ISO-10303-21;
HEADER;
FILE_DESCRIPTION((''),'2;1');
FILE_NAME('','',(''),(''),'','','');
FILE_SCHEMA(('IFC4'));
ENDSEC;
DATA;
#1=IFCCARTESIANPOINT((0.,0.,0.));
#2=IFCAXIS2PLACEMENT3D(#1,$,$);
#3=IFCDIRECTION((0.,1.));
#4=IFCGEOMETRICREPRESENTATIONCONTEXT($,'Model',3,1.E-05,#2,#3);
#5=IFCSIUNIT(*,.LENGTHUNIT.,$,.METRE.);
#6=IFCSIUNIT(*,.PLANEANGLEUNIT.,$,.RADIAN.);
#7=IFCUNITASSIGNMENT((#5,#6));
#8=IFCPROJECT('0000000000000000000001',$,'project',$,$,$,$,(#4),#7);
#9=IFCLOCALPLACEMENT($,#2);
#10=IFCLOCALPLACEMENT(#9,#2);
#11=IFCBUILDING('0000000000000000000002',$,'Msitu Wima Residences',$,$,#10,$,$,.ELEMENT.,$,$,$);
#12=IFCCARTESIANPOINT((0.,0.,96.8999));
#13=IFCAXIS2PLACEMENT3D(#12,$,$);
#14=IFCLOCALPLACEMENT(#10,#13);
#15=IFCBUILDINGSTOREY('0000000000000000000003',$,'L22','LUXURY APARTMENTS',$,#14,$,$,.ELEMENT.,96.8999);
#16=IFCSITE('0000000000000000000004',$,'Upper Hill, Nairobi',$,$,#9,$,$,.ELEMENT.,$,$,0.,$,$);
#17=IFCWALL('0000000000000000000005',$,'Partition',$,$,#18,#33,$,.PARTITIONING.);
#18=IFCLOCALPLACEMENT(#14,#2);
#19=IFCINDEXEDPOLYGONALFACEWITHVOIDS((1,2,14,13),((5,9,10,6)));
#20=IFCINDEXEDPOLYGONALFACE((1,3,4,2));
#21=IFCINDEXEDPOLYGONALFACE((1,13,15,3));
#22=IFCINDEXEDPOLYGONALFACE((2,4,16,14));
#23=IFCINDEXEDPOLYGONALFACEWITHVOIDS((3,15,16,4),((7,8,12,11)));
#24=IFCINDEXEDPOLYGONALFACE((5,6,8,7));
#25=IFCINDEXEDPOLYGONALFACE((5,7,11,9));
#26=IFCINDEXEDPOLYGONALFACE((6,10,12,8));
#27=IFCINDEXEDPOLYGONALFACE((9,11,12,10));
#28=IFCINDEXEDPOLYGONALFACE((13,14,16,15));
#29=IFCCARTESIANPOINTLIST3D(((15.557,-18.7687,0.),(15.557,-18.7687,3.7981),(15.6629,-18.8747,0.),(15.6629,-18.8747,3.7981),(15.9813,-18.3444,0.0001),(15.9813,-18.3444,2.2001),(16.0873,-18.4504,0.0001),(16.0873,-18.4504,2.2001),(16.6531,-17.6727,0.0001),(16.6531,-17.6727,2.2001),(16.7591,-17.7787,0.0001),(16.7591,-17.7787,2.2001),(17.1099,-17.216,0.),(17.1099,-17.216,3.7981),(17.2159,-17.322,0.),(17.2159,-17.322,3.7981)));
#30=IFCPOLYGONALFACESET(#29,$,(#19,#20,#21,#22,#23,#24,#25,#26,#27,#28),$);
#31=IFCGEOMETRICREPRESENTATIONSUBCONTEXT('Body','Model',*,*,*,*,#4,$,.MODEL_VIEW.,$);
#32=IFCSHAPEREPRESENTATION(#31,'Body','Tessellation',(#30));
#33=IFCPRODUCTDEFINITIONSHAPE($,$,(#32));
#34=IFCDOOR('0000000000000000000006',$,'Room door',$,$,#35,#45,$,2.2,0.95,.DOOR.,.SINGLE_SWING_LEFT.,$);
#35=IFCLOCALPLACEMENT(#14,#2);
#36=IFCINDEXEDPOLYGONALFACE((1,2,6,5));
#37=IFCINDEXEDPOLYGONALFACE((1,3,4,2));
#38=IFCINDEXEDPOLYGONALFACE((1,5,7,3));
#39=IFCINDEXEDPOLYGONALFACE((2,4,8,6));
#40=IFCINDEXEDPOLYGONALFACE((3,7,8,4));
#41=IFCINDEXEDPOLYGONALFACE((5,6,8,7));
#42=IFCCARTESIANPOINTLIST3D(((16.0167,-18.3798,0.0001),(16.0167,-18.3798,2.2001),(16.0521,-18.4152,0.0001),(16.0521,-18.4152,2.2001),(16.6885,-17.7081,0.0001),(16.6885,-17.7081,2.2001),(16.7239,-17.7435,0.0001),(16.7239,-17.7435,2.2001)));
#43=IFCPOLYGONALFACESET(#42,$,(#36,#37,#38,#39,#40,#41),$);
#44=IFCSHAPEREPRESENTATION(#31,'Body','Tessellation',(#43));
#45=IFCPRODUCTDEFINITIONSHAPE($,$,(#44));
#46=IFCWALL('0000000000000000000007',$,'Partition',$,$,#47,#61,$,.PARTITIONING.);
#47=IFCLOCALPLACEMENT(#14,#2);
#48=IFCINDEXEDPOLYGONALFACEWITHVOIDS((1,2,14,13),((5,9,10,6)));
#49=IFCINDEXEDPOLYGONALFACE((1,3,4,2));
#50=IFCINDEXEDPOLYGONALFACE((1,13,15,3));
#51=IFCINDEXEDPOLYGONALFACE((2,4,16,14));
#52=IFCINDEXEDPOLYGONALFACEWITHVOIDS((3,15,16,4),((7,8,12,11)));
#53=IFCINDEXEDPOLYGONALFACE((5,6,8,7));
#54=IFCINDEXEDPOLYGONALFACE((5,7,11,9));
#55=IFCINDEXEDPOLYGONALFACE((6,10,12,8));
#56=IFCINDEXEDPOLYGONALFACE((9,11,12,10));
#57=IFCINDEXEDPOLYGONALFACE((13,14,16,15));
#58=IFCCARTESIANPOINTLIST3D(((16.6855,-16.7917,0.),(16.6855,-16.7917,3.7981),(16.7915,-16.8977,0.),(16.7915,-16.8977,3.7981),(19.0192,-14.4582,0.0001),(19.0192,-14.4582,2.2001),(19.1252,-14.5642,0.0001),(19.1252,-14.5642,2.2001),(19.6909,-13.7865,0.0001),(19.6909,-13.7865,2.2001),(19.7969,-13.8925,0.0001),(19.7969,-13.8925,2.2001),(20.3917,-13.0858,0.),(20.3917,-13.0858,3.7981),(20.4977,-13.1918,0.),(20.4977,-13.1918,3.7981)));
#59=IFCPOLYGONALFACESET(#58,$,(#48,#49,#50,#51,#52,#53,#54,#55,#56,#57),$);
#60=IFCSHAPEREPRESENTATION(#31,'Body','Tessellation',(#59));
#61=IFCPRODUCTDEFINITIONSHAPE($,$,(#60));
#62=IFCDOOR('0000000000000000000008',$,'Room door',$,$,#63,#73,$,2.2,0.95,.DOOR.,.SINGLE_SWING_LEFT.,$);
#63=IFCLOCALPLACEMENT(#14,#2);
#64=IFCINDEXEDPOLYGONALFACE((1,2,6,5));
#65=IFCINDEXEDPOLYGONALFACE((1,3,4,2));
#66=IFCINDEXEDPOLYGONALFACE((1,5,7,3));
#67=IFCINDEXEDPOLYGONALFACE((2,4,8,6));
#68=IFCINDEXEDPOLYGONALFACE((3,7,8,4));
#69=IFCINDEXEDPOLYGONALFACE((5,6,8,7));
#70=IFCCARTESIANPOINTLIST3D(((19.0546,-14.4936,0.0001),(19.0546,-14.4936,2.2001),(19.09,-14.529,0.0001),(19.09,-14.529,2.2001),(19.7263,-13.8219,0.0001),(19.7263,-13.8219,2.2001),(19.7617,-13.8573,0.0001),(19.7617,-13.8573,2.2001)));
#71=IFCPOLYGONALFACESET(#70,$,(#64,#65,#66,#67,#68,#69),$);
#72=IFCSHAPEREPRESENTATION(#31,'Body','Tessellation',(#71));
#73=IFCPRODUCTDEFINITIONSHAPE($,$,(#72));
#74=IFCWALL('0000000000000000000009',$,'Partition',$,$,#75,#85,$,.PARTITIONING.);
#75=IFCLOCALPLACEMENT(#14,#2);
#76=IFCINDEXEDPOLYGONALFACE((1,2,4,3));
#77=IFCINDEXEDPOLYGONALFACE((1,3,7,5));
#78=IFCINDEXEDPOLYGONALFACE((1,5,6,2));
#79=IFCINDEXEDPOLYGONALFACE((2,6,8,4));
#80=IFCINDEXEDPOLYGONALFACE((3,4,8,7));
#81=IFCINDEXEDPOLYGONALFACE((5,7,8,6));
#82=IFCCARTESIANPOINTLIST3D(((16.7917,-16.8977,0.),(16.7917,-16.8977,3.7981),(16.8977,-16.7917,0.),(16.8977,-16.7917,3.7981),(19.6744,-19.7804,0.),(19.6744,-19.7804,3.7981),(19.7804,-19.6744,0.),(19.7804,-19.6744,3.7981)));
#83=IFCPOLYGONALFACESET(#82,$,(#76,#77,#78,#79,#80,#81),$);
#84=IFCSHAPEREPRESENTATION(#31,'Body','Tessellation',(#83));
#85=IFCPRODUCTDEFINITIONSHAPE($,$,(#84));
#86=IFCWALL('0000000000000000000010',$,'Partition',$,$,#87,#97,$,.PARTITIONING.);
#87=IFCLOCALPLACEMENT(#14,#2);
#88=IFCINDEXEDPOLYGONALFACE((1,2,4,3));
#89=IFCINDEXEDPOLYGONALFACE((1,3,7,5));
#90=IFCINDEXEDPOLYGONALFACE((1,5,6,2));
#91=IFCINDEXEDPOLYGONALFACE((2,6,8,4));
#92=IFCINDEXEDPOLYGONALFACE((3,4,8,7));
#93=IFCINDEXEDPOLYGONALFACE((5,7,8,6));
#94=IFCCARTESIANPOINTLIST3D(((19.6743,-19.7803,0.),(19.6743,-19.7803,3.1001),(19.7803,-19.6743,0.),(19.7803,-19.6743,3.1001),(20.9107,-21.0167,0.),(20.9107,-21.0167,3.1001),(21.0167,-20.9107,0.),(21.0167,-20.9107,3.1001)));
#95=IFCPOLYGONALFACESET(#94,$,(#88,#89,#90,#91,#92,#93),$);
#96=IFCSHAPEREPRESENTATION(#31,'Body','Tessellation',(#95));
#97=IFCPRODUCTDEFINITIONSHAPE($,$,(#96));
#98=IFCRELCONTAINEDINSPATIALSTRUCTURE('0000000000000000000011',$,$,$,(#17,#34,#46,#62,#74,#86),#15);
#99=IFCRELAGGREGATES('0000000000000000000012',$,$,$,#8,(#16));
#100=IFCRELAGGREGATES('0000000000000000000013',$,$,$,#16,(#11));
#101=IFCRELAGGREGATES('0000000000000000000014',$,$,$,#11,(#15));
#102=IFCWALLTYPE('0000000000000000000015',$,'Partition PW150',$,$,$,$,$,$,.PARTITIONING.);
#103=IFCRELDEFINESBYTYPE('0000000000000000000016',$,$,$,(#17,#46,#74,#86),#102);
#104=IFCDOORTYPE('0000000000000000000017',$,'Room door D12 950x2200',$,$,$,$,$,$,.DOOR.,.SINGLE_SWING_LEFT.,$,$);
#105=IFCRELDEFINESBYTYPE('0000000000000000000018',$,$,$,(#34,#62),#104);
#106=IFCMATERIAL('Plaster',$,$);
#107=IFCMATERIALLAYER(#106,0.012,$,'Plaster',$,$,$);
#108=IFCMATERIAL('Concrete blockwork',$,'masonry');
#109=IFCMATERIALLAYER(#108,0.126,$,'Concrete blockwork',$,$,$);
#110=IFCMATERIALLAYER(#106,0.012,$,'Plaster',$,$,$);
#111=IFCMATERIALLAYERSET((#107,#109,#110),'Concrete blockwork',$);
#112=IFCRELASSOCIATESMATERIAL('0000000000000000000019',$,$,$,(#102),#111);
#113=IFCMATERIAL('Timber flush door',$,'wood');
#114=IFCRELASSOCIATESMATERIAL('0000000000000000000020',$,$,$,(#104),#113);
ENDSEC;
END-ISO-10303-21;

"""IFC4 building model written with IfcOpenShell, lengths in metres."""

from ifc_helpers import new_model, si_unit, direction, frame, frame_2d, origin, place, context, subcontext, project, spatial, rectangle, extrude, material, layer, layer_set, type_object, element, fill, save


model = new_model("IFC4")

# Units and contexts
model_context = context("Model", 3, precision=1e-05, world=origin(), true_north=direction((0.0, 1.0)))
body_context = subcontext(model_context, "Body", "Model", "MODEL_VIEW")
ifc_project = project(units=[si_unit("LENGTHUNIT", "METRE"), si_unit("PLANEANGLEUNIT", "RADIAN")], contexts=[model_context])

# Site, building, storey
site_placement = place(None, origin())
site = spatial("IfcSite", under=ifc_project, at=site_placement, Name="Upper Hill, Nairobi", CompositionType="ELEMENT", RefElevation=0.0)
building_placement = place(site_placement, origin())
building = spatial("IfcBuilding", under=site, at=building_placement, Name="Msitu Wima Residences", CompositionType="ELEMENT")
storey_placement = place(building_placement, frame((0.0, 0.0, 96.8999)))
storey = spatial("IfcBuildingStorey", under=building, at=storey_placement, Name="L22", Description="LUXURY APARTMENTS", CompositionType="ELEMENT", Elevation=96.8999)

# Walls, openings, doors
ifc_material_1 = material(Name="Plaster")
ifc_material_2 = material(Name="Concrete blockwork", Category="masonry")
ifc_layer_1 = layer(ifc_material_1, 0.012, Name="Plaster")
ifc_layer_2 = layer(ifc_material_2, 0.126, Name="Concrete blockwork")
ifc_layer_3 = layer(ifc_material_1, 0.012, Name="Plaster")
ifc_layer_set_1 = layer_set([ifc_layer_1, ifc_layer_2, ifc_layer_3], Name="Concrete blockwork")
wall_type_1 = type_object("IfcWallType", Name="Partition PW150", PredefinedType="PARTITIONING", material=ifc_layer_set_1)
wall_1_placement = place(storey_placement, frame((15.6099, -18.8218, 0.0), z_axis=(0.0, 0.0, 1.0), x_axis=(0.707162, 0.707051, 0.0)))
wall_1 = element("IfcWall", 1, at=wall_1_placement, inside=storey, type_object=wall_type_1, Name="Partition", PredefinedType="PARTITIONING", context=body_context, shape_type="SweptSolid", body=[
    extrude(rectangle(XDim=2.196, YDim=0.1499, at=frame_2d((1.0981, 0.0))), origin(), (0.0, 0.0, 1.0), 3.7981),
])
opening_1_placement = place(wall_1_placement, frame((0.6001, 0.0, 0.0)))
opening_1 = element("IfcOpeningElement", 2, at=opening_1_placement, cuts=wall_1, PredefinedType="OPENING", context=body_context, shape_type="SweptSolid", body=[
    extrude(rectangle(XDim=0.95, YDim=2.2, at=frame_2d((0.4751, 1.1001))), frame((0.0, 0.085, 0.0), z_axis=(0.0, -1.0, 0.0), x_axis=(1.0, 0.0, 0.0)), (0.0, 0.0, 1.0), 0.1699),
])
ifc_material_3 = material(Name="Timber flush door", Category="wood")
door_type_1 = type_object("IfcDoorType", Name="Room door D12 950x2200", OperationType="SINGLE_SWING_LEFT", PredefinedType="DOOR", material=ifc_material_3)
door_1_placement = place(opening_1_placement, origin())
door_1 = element("IfcDoor", 3, at=door_1_placement, inside=storey, type_object=door_type_1, Name="Room door", OperationType="SINGLE_SWING_LEFT", OverallHeight=2.2, OverallWidth=0.95, PredefinedType="DOOR", context=body_context, shape_type="SweptSolid", body=[
    extrude(rectangle(XDim=0.95, YDim=2.2, at=frame_2d((0.4751, 1.1001))), frame((0.0, 0.0249, 0.0), z_axis=(0.0, -1.0, 0.0), x_axis=(1.0, 0.0, 0.0)), (0.0, 0.0, 1.0), 0.05),
])
fill(opening_1, door_1)
wall_2_placement = place(storey_placement, frame((16.7385, -16.8447, 0.0), z_axis=(0.0, 0.0, 1.0), x_axis=(0.70713, 0.707083, 0.0)))
wall_2 = element("IfcWall", 4, at=wall_2_placement, inside=storey, type_object=wall_type_1, Name="Partition", PredefinedType="PARTITIONING", context=body_context, shape_type="SweptSolid", body=[
    extrude(rectangle(XDim=5.2412, YDim=0.1499, at=frame_2d((2.6206, 0.0))), origin(), (0.0, 0.0, 1.0), 3.7981),
])
opening_2_placement = place(wall_2_placement, frame((3.3, 0.0, 0.0)))
opening_2 = element("IfcOpeningElement", 5, at=opening_2_placement, cuts=wall_2, PredefinedType="OPENING", context=body_context, shape_type="SweptSolid", body=[
    extrude(rectangle(XDim=0.95, YDim=2.2, at=frame_2d((0.4751, 1.1001))), frame((0.0, 0.085, 0.0), z_axis=(0.0, -1.0, 0.0), x_axis=(1.0, 0.0, 0.0)), (0.0, 0.0, 1.0), 0.1699),
])
door_2_placement = place(opening_2_placement, origin())
door_2 = element("IfcDoor", 6, at=door_2_placement, inside=storey, type_object=door_type_1, Name="Room door", OperationType="SINGLE_SWING_LEFT", OverallHeight=2.2, OverallWidth=0.95, PredefinedType="DOOR", context=body_context, shape_type="SweptSolid", body=[
    extrude(rectangle(XDim=0.95, YDim=2.2, at=frame_2d((0.4751, 1.1001))), frame((0.0, 0.0249, 0.0), z_axis=(0.0, -1.0, 0.0), x_axis=(1.0, 0.0, 0.0)), (0.0, 0.0, 1.0), 0.05),
])
fill(opening_2, door_2)

# Walls
wall_3_placement = place(storey_placement, frame((16.8447, -16.8447, 0.0), z_axis=(0.0, 0.0, 1.0), x_axis=(0.707107, -0.707107, 0.0)))
element("IfcWall", 7, at=wall_3_placement, inside=storey, type_object=wall_type_1, Name="Partition", PredefinedType="PARTITIONING", context=body_context, shape_type="SweptSolid", body=[
    extrude(rectangle(XDim=4.0767, YDim=0.1499, at=frame_2d((2.0383, 0.0))), origin(), (0.0, 0.0, 1.0), 3.7981),
])
wall_4_placement = place(storey_placement, frame((19.7273, -19.7273, 0.0), z_axis=(0.0, 0.0, 1.0), x_axis=(0.707107, -0.707107, 0.0)))
element("IfcWall", 8, at=wall_4_placement, inside=storey, type_object=wall_type_1, Name="Partition", PredefinedType="PARTITIONING", context=body_context, shape_type="SweptSolid", body=[
    extrude(rectangle(XDim=1.7485, YDim=0.1499, at=frame_2d((0.8743, 0.0))), origin(), (0.0, 0.0, 1.0), 3.1001),
])

save(model, "model.ifc")
